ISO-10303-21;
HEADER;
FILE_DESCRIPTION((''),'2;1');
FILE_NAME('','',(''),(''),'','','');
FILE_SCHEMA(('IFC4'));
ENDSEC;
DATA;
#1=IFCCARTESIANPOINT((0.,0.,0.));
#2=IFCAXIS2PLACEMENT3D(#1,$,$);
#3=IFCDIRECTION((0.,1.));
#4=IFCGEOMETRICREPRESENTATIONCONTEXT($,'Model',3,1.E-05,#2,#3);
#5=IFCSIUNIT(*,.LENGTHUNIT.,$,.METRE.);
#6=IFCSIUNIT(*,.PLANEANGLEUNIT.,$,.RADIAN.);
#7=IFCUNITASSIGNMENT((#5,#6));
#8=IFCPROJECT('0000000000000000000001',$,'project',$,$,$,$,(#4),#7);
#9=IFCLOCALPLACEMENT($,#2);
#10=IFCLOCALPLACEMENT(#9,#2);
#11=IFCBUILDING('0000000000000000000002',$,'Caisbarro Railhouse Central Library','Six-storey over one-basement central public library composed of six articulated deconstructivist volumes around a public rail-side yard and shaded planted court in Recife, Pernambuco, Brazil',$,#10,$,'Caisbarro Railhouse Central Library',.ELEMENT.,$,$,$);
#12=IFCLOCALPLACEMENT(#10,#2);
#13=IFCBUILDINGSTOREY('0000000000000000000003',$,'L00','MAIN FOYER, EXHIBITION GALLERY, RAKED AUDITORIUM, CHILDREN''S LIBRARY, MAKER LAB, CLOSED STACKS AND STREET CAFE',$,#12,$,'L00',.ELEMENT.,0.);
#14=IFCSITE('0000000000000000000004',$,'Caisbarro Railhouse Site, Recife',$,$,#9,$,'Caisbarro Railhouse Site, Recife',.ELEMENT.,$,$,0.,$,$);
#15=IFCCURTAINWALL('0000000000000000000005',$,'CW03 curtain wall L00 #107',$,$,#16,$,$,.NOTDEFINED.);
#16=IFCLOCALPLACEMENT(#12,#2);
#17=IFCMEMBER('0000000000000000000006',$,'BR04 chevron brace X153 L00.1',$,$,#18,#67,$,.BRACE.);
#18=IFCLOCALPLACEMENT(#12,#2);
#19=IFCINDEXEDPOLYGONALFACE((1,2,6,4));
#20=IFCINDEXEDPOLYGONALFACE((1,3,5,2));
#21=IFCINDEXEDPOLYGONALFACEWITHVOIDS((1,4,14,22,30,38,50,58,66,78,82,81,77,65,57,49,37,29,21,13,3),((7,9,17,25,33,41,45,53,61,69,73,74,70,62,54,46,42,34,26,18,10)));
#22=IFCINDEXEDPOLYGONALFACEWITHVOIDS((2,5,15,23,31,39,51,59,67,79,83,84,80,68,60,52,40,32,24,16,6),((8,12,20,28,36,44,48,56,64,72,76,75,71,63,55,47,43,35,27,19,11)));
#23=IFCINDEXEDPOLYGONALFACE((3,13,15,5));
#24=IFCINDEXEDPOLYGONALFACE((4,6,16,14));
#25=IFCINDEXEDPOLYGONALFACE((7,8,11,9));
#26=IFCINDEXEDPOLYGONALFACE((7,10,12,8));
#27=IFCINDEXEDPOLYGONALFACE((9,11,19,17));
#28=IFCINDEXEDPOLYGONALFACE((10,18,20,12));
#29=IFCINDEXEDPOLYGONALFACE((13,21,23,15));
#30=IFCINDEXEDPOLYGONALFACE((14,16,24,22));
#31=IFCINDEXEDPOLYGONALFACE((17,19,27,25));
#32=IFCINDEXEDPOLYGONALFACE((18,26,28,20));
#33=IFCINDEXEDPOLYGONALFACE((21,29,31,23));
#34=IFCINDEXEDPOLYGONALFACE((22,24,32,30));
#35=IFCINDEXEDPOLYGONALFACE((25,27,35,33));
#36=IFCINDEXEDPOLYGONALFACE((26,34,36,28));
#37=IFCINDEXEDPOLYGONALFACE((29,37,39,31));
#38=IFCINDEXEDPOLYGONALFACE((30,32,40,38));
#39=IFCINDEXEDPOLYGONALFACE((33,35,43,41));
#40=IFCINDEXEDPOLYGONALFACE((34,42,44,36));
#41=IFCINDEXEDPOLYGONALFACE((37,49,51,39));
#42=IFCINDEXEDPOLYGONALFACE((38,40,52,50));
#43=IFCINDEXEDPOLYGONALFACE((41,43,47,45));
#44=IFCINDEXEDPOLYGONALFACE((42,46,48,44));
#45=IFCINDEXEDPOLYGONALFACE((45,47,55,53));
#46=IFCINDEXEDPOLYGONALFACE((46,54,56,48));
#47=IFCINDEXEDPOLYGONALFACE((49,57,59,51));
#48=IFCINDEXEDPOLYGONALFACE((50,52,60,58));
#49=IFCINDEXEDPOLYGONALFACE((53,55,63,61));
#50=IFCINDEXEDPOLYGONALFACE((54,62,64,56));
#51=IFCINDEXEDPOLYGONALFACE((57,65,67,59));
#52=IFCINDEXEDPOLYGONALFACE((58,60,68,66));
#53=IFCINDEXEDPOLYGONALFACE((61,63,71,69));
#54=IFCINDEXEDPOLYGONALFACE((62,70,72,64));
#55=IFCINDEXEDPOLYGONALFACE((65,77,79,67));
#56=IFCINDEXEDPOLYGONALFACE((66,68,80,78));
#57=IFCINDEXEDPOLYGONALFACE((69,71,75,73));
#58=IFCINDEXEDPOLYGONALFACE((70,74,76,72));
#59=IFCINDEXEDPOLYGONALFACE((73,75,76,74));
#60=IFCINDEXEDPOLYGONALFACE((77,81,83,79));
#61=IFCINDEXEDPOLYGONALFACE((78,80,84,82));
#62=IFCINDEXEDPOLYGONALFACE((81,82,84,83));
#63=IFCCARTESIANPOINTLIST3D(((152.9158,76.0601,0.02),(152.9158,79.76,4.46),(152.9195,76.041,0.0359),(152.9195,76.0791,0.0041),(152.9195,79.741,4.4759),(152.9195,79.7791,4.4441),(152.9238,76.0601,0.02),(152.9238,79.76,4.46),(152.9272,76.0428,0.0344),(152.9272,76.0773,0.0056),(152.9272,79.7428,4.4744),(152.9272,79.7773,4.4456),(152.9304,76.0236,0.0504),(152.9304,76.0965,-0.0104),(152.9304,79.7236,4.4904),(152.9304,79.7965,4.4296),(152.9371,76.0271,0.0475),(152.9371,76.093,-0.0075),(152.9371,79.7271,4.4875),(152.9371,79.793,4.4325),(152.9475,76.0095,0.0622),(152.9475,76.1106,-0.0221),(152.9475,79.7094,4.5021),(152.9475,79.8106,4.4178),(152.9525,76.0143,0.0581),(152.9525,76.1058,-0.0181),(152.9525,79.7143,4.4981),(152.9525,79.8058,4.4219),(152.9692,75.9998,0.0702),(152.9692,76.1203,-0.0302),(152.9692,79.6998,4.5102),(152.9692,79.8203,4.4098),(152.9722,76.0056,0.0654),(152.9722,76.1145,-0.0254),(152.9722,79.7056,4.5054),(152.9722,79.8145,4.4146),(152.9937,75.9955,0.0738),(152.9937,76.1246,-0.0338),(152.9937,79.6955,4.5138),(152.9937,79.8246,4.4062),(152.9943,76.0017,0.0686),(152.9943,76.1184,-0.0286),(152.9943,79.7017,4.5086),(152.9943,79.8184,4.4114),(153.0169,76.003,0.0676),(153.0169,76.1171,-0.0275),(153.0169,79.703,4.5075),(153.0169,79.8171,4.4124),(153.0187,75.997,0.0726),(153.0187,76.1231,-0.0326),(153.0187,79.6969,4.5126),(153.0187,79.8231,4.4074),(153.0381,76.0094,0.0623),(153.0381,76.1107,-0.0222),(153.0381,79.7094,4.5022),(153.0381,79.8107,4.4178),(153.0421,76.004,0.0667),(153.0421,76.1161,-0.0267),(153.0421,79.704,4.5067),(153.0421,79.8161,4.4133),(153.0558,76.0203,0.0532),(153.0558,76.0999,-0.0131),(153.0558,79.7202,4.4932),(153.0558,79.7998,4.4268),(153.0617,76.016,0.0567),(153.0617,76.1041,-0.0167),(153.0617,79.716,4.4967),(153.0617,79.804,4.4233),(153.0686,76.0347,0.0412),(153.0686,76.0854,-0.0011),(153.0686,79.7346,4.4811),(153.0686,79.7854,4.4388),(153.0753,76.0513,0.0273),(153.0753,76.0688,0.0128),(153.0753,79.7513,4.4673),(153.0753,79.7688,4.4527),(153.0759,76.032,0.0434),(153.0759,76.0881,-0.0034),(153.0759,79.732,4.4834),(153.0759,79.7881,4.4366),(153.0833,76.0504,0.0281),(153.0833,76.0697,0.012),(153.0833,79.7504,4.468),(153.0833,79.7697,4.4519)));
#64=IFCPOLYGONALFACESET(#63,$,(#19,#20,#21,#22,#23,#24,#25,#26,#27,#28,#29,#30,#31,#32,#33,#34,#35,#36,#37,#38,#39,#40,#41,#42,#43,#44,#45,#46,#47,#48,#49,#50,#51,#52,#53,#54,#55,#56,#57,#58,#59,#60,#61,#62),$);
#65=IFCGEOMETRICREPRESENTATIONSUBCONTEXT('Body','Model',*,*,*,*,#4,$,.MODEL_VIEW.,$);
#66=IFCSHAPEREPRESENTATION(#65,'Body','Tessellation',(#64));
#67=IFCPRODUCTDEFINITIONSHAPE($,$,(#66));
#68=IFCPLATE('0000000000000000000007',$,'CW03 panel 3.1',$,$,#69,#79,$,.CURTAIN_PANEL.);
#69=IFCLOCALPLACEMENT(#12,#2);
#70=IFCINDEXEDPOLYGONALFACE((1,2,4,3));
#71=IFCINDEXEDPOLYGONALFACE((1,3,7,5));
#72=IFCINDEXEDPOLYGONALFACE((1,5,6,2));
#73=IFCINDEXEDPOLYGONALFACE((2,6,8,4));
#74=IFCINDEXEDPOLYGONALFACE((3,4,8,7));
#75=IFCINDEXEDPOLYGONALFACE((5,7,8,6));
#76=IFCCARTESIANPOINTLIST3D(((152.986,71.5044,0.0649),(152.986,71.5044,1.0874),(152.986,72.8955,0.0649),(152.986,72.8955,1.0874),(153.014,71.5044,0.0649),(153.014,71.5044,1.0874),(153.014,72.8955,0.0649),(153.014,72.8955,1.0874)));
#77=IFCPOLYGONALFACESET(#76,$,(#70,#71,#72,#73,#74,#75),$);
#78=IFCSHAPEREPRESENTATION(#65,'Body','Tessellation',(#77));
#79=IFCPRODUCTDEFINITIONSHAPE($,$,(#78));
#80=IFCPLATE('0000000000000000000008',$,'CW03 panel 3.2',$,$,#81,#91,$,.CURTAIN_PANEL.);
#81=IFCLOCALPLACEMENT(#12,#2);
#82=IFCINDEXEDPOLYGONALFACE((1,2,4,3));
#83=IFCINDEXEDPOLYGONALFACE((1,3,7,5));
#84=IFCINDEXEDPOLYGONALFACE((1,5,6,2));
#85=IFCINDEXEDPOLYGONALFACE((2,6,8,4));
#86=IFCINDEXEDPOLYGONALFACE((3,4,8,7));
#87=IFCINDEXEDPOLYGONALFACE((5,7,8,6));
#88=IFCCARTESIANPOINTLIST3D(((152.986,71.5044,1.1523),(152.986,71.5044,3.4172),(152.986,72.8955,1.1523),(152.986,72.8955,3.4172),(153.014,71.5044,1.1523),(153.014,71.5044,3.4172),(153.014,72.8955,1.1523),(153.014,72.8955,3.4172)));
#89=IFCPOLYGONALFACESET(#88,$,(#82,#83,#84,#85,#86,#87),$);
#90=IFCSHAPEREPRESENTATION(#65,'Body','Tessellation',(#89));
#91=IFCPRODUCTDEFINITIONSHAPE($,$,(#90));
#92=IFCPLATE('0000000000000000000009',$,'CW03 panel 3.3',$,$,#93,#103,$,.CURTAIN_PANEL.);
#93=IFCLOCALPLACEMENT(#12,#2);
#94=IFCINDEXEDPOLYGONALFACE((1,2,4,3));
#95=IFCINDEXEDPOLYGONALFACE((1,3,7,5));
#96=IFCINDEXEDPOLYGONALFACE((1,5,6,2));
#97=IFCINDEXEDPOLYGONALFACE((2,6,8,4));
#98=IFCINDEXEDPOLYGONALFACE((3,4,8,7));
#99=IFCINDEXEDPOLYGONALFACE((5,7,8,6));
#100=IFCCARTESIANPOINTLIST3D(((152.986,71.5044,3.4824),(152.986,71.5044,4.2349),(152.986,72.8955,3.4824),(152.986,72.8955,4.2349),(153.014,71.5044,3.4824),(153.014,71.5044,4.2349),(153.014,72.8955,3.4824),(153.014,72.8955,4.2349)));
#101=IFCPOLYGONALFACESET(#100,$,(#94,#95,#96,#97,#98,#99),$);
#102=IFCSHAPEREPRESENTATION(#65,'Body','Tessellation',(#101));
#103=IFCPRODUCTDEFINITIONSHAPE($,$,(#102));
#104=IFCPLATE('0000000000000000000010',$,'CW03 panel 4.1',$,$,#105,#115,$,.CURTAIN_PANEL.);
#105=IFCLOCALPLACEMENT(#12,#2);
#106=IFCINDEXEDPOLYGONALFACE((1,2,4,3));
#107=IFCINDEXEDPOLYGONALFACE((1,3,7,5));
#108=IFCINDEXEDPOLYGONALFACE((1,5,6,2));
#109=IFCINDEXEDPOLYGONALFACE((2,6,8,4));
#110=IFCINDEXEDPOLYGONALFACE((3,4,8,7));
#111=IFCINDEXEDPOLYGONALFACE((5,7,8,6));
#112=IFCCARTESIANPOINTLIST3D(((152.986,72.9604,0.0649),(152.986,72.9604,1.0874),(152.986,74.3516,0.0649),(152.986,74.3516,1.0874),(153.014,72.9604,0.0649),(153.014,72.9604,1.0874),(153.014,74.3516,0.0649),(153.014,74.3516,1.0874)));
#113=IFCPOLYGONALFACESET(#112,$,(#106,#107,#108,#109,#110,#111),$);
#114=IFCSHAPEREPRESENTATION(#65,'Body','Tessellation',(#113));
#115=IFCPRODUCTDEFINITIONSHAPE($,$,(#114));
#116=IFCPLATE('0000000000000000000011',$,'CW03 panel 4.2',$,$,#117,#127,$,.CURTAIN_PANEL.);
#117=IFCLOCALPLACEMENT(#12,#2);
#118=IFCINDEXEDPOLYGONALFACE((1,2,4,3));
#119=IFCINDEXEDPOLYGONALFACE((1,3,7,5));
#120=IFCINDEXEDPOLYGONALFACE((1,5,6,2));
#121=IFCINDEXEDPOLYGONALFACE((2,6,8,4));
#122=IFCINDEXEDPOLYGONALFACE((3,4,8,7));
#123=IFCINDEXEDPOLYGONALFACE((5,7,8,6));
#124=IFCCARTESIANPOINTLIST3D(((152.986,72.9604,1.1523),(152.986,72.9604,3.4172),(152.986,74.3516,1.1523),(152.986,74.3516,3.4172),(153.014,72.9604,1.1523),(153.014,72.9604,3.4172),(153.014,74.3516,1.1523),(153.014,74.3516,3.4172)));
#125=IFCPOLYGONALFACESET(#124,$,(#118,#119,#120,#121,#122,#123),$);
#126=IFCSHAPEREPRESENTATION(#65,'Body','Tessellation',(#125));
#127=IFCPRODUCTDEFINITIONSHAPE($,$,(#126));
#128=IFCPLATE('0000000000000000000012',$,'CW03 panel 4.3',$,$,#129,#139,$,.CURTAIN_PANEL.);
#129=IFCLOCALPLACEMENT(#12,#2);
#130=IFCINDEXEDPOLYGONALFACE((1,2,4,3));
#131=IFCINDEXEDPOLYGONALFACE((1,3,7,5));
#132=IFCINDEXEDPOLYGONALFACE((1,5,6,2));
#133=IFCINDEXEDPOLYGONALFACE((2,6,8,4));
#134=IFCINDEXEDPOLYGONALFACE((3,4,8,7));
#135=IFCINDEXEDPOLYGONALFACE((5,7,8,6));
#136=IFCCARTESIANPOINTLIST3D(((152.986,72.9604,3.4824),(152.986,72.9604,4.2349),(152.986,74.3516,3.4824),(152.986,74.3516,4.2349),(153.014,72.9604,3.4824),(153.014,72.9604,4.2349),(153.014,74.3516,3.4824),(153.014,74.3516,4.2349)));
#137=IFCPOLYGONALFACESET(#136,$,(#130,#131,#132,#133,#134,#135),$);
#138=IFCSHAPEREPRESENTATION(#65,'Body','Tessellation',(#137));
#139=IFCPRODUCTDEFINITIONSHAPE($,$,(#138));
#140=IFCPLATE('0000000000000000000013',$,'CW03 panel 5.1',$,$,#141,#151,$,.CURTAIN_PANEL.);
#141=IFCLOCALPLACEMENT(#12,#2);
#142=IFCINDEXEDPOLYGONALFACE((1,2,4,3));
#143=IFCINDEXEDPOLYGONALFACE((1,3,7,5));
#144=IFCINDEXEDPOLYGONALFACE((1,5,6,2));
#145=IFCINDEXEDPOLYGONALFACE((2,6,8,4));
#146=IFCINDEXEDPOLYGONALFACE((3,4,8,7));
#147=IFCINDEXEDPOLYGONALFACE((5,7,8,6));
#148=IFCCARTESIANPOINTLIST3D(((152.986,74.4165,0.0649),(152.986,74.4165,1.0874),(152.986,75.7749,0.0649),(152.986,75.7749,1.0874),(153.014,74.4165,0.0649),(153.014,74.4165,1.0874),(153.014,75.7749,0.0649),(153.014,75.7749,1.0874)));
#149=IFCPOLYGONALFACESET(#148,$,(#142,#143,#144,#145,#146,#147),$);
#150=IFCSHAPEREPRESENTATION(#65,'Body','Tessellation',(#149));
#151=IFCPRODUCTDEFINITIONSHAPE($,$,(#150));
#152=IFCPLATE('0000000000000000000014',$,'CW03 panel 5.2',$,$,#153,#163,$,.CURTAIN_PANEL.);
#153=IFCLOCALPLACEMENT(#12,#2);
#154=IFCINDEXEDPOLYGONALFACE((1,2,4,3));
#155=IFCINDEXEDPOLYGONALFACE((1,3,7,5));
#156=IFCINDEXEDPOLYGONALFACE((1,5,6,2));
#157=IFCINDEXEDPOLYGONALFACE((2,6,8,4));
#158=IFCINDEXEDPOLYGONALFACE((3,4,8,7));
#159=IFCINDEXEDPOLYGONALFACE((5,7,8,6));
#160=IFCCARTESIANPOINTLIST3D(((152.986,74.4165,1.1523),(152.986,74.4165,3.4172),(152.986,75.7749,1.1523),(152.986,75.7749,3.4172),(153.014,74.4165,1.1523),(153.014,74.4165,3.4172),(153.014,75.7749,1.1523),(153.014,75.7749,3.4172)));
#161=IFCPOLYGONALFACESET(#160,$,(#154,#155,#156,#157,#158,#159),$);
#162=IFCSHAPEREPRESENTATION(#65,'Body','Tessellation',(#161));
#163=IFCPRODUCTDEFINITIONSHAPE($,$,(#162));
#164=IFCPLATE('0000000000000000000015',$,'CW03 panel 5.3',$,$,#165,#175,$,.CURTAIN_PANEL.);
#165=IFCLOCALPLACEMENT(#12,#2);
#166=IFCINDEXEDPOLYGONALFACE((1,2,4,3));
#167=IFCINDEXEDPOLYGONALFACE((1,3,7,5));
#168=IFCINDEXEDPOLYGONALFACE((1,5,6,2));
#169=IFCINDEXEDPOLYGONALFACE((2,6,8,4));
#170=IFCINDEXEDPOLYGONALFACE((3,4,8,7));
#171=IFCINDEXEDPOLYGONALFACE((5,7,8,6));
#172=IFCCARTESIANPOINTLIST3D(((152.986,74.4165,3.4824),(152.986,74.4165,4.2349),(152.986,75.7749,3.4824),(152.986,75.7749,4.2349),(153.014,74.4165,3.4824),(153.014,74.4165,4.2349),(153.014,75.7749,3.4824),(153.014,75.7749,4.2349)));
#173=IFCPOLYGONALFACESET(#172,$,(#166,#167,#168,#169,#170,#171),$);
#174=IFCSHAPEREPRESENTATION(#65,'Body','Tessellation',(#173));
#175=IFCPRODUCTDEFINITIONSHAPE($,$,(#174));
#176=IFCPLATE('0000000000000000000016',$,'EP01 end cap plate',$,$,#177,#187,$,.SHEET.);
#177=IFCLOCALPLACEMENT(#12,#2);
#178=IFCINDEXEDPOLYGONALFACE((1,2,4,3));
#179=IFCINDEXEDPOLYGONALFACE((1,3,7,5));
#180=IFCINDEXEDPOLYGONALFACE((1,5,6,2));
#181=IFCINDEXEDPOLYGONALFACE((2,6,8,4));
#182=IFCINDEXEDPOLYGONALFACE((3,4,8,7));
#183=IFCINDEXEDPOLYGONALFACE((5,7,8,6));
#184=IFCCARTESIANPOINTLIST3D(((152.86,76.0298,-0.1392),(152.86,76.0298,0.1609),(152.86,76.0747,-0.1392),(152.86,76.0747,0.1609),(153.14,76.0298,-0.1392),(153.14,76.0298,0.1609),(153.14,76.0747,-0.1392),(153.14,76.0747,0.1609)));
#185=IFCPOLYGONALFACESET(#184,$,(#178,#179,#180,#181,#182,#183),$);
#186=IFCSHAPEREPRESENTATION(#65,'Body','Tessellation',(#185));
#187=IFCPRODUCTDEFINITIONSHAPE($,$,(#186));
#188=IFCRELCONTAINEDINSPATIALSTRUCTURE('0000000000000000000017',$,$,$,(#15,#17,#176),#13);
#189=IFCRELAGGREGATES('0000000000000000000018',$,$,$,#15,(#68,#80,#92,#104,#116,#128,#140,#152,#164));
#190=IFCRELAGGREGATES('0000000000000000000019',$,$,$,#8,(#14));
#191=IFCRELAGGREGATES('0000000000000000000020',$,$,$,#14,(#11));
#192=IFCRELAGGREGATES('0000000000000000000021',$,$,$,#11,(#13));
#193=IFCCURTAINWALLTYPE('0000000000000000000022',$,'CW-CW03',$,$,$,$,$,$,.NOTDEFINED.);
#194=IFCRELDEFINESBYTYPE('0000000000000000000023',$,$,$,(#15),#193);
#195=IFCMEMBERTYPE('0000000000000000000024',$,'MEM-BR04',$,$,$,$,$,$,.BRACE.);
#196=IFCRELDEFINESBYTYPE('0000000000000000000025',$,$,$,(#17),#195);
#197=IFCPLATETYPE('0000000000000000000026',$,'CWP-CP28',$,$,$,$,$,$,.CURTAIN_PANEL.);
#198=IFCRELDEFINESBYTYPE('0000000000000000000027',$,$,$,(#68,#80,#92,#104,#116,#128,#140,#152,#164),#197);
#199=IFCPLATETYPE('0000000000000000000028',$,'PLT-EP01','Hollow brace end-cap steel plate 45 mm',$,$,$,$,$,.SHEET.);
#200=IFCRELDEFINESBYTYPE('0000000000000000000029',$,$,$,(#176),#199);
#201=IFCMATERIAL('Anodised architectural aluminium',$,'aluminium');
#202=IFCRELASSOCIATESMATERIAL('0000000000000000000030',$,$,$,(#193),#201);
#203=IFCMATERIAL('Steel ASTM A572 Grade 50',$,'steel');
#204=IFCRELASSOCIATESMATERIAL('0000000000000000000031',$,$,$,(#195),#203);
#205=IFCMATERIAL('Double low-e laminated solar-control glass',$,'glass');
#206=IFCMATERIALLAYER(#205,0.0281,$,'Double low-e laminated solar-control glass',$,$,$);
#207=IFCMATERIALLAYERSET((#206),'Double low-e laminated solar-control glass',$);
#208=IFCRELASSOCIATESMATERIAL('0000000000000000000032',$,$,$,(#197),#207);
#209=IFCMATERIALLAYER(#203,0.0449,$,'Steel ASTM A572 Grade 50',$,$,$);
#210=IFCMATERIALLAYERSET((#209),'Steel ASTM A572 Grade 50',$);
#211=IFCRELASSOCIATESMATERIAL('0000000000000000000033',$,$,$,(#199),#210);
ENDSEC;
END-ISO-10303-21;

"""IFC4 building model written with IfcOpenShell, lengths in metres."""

from ifc_helpers import new_model, si_unit, direction, frame, origin, origin_2d, place, context, subcontext, project, spatial, rectangle, hollow_circle, extrude, material, layer, layer_set, material_profile, profile_set, type_object, element, aggregate, save


model = new_model("IFC4")

# Units and contexts
model_context = context("Model", 3, precision=1e-05, world=origin(), true_north=direction((0.0, 1.0)))
body_context = subcontext(model_context, "Body", "Model", "MODEL_VIEW")
ifc_project = project(units=[si_unit("LENGTHUNIT", "METRE"), si_unit("PLANEANGLEUNIT", "RADIAN")], contexts=[model_context])

# Site, building, storey
site_placement = place(None, origin())
site = spatial("IfcSite", under=ifc_project, at=site_placement, Name="Caisbarro Railhouse Site, Recife", LongName="Caisbarro Railhouse Site, Recife", CompositionType="ELEMENT", RefElevation=0.0)
building_placement = place(site_placement, origin())
building = spatial("IfcBuilding", under=site, at=building_placement, Name="Caisbarro Railhouse Central Library", Description="Six-storey over one-basement central public library composed of six articulated deconstructivist volumes around a public rail-side yard and shaded planted court in Recife, Pernambuco, Brazil", LongName="Caisbarro Railhouse Central Library", CompositionType="ELEMENT")
storey_placement = place(building_placement, origin())
storey = spatial("IfcBuildingStorey", under=building, at=storey_placement, Name="L00", Description="MAIN FOYER, EXHIBITION GALLERY, RAKED AUDITORIUM, CHILDREN'S LIBRARY, MAKER LAB, CLOSED STACKS AND STREET CAFE", LongName="L00", CompositionType="ELEMENT", Elevation=0.0)

# Shared definitions
ifc_material_1 = material(Name="Steel ASTM A572 Grade 50", Category="steel")

# Curtain wall
ifc_material_2 = material(Name="Anodised architectural aluminium", Category="aluminium")
curtain_wall_type = type_object("IfcCurtainWallType", Name="CW-CW03", PredefinedType="NOTDEFINED", material=ifc_material_2)
curtain_wall_placement = place(storey_placement, origin())
curtain_wall = element("IfcCurtainWall", 1, at=curtain_wall_placement, inside=storey, type_object=curtain_wall_type, Name="CW03 curtain wall L00 #107", PredefinedType="NOTDEFINED")

# Member
ifc_material_profile_1 = material_profile(ifc_material_1, hollow_circle(Radius=0.0842, WallThickness=0.0081, at=origin_2d()), Name="CHS168.3X8")
ifc_profile_set_1 = profile_set([ifc_material_profile_1], Name="Steel ASTM A572 Grade 50")
member_type_1 = type_object("IfcMemberType", Name="MEM-BR04", PredefinedType="BRACE", material=ifc_profile_set_1)
member_1_placement = place(storey_placement, frame((153.0, 76.0601, 0.02), z_axis=(0.0, 0.640184, 0.768221), x_axis=(-1.0, 0.0, 0.0)))
element("IfcMember", 2, at=member_1_placement, inside=storey, type_object=member_type_1, Name="BR04 chevron brace X153 L00.1", PredefinedType="BRACE", context=body_context, shape_type="SweptSolid", body=[
    extrude(hollow_circle(Radius=0.0842, WallThickness=0.0081, at=origin_2d()), origin(), (0.0, 0.0, 1.0), 5.7795),
])

# Plates
ifc_material_3 = material(Name="Double low-e laminated solar-control glass", Category="glass")
ifc_layer_1 = layer(ifc_material_3, 0.0281, Name="Double low-e laminated solar-control glass")
ifc_layer_set_1 = layer_set([ifc_layer_1], Name="Double low-e laminated solar-control glass")
plate_type_1 = type_object("IfcPlateType", Name="CWP-CP28", PredefinedType="CURTAIN_PANEL", material=ifc_layer_set_1)
plate_1_placement = place(storey_placement, frame((153.0, 72.2, 0.0649), z_axis=(0.0, 0.0, 1.0), x_axis=(0.0, 1.0, 0.0)))
plate_1 = element("IfcPlate", 3, at=plate_1_placement, type_object=plate_type_1, Name="CW03 panel 3.1", PredefinedType="CURTAIN_PANEL", context=body_context, shape_type="SweptSolid", body=[
    extrude(rectangle(XDim=1.3911, YDim=0.0281, at=origin_2d()), origin(), (0.0, 0.0, 1.0), 1.0225),
])
plate_2_placement = place(storey_placement, frame((153.0, 72.2, 1.1523), z_axis=(0.0, 0.0, 1.0), x_axis=(0.0, 1.0, 0.0)))
plate_2 = element("IfcPlate", 4, at=plate_2_placement, type_object=plate_type_1, Name="CW03 panel 3.2", PredefinedType="CURTAIN_PANEL", context=body_context, shape_type="SweptSolid", body=[
    extrude(rectangle(XDim=1.3911, YDim=0.0281, at=origin_2d()), origin(), (0.0, 0.0, 1.0), 2.2649),
])
plate_3_placement = place(storey_placement, frame((153.0, 72.2, 3.4824), z_axis=(0.0, 0.0, 1.0), x_axis=(0.0, 1.0, 0.0)))
plate_3 = element("IfcPlate", 5, at=plate_3_placement, type_object=plate_type_1, Name="CW03 panel 3.3", PredefinedType="CURTAIN_PANEL", context=body_context, shape_type="SweptSolid", body=[
    extrude(rectangle(XDim=1.3911, YDim=0.0281, at=origin_2d()), origin(), (0.0, 0.0, 1.0), 0.7524),
])
plate_4_placement = place(storey_placement, frame((153.0, 73.656, 0.0649), z_axis=(0.0, 0.0, 1.0), x_axis=(0.0, 1.0, 0.0)))
plate_4 = element("IfcPlate", 6, at=plate_4_placement, type_object=plate_type_1, Name="CW03 panel 4.1", PredefinedType="CURTAIN_PANEL", context=body_context, shape_type="SweptSolid", body=[
    extrude(rectangle(XDim=1.3911, YDim=0.0281, at=origin_2d()), origin(), (0.0, 0.0, 1.0), 1.0225),
])
plate_5_placement = place(storey_placement, frame((153.0, 73.656, 1.1523), z_axis=(0.0, 0.0, 1.0), x_axis=(0.0, 1.0, 0.0)))
plate_5 = element("IfcPlate", 7, at=plate_5_placement, type_object=plate_type_1, Name="CW03 panel 4.2", PredefinedType="CURTAIN_PANEL", context=body_context, shape_type="SweptSolid", body=[
    extrude(rectangle(XDim=1.3911, YDim=0.0281, at=origin_2d()), origin(), (0.0, 0.0, 1.0), 2.2649),
])
plate_6_placement = place(storey_placement, frame((153.0, 73.656, 3.4824), z_axis=(0.0, 0.0, 1.0), x_axis=(0.0, 1.0, 0.0)))
plate_6 = element("IfcPlate", 8, at=plate_6_placement, type_object=plate_type_1, Name="CW03 panel 4.3", PredefinedType="CURTAIN_PANEL", context=body_context, shape_type="SweptSolid", body=[
    extrude(rectangle(XDim=1.3911, YDim=0.0281, at=origin_2d()), origin(), (0.0, 0.0, 1.0), 0.7524),
])
plate_7_placement = place(storey_placement, frame((153.0, 75.0957, 0.0649), z_axis=(0.0, 0.0, 1.0), x_axis=(0.0, 1.0, 0.0)))
plate_7 = element("IfcPlate", 9, at=plate_7_placement, type_object=plate_type_1, Name="CW03 panel 5.1", PredefinedType="CURTAIN_PANEL", context=body_context, shape_type="SweptSolid", body=[
    extrude(rectangle(XDim=1.3584, YDim=0.0281, at=origin_2d()), origin(), (0.0, 0.0, 1.0), 1.0225),
])
plate_8_placement = place(storey_placement, frame((153.0, 75.0957, 1.1523), z_axis=(0.0, 0.0, 1.0), x_axis=(0.0, 1.0, 0.0)))
plate_8 = element("IfcPlate", 10, at=plate_8_placement, type_object=plate_type_1, Name="CW03 panel 5.2", PredefinedType="CURTAIN_PANEL", context=body_context, shape_type="SweptSolid", body=[
    extrude(rectangle(XDim=1.3584, YDim=0.0281, at=origin_2d()), origin(), (0.0, 0.0, 1.0), 2.2649),
])
plate_9_placement = place(storey_placement, frame((153.0, 75.0957, 3.4824), z_axis=(0.0, 0.0, 1.0), x_axis=(0.0, 1.0, 0.0)))
plate_9 = element("IfcPlate", 11, at=plate_9_placement, type_object=plate_type_1, Name="CW03 panel 5.3", PredefinedType="CURTAIN_PANEL", context=body_context, shape_type="SweptSolid", body=[
    extrude(rectangle(XDim=1.3584, YDim=0.0281, at=origin_2d()), origin(), (0.0, 0.0, 1.0), 0.7524),
])
aggregate(curtain_wall, [plate_1, plate_2, plate_3, plate_4, plate_5, plate_6, plate_7, plate_8, plate_9])
ifc_layer_2 = layer(ifc_material_1, 0.0449, Name="Steel ASTM A572 Grade 50")
ifc_layer_set_2 = layer_set([ifc_layer_2], Name="Steel ASTM A572 Grade 50")
plate_type_2 = type_object("IfcPlateType", Name="PLT-EP01", Description="Hollow brace end-cap steel plate 45 mm", PredefinedType="SHEET", material=ifc_layer_set_2)
plate_10_placement = place(storey_placement, frame((153.0, 76.0522, -0.1392), z_axis=(0.0, 0.0, 1.0), x_axis=(0.0, 1.0, 0.0)))
element("IfcPlate", 12, at=plate_10_placement, inside=storey, type_object=plate_type_2, Name="EP01 end cap plate", PredefinedType="SHEET", context=body_context, shape_type="SweptSolid", body=[
    extrude(rectangle(XDim=0.0449, YDim=0.28, at=origin_2d()), origin(), (0.0, 0.0, 1.0), 0.3),
])

save(model, "model.ifc")
